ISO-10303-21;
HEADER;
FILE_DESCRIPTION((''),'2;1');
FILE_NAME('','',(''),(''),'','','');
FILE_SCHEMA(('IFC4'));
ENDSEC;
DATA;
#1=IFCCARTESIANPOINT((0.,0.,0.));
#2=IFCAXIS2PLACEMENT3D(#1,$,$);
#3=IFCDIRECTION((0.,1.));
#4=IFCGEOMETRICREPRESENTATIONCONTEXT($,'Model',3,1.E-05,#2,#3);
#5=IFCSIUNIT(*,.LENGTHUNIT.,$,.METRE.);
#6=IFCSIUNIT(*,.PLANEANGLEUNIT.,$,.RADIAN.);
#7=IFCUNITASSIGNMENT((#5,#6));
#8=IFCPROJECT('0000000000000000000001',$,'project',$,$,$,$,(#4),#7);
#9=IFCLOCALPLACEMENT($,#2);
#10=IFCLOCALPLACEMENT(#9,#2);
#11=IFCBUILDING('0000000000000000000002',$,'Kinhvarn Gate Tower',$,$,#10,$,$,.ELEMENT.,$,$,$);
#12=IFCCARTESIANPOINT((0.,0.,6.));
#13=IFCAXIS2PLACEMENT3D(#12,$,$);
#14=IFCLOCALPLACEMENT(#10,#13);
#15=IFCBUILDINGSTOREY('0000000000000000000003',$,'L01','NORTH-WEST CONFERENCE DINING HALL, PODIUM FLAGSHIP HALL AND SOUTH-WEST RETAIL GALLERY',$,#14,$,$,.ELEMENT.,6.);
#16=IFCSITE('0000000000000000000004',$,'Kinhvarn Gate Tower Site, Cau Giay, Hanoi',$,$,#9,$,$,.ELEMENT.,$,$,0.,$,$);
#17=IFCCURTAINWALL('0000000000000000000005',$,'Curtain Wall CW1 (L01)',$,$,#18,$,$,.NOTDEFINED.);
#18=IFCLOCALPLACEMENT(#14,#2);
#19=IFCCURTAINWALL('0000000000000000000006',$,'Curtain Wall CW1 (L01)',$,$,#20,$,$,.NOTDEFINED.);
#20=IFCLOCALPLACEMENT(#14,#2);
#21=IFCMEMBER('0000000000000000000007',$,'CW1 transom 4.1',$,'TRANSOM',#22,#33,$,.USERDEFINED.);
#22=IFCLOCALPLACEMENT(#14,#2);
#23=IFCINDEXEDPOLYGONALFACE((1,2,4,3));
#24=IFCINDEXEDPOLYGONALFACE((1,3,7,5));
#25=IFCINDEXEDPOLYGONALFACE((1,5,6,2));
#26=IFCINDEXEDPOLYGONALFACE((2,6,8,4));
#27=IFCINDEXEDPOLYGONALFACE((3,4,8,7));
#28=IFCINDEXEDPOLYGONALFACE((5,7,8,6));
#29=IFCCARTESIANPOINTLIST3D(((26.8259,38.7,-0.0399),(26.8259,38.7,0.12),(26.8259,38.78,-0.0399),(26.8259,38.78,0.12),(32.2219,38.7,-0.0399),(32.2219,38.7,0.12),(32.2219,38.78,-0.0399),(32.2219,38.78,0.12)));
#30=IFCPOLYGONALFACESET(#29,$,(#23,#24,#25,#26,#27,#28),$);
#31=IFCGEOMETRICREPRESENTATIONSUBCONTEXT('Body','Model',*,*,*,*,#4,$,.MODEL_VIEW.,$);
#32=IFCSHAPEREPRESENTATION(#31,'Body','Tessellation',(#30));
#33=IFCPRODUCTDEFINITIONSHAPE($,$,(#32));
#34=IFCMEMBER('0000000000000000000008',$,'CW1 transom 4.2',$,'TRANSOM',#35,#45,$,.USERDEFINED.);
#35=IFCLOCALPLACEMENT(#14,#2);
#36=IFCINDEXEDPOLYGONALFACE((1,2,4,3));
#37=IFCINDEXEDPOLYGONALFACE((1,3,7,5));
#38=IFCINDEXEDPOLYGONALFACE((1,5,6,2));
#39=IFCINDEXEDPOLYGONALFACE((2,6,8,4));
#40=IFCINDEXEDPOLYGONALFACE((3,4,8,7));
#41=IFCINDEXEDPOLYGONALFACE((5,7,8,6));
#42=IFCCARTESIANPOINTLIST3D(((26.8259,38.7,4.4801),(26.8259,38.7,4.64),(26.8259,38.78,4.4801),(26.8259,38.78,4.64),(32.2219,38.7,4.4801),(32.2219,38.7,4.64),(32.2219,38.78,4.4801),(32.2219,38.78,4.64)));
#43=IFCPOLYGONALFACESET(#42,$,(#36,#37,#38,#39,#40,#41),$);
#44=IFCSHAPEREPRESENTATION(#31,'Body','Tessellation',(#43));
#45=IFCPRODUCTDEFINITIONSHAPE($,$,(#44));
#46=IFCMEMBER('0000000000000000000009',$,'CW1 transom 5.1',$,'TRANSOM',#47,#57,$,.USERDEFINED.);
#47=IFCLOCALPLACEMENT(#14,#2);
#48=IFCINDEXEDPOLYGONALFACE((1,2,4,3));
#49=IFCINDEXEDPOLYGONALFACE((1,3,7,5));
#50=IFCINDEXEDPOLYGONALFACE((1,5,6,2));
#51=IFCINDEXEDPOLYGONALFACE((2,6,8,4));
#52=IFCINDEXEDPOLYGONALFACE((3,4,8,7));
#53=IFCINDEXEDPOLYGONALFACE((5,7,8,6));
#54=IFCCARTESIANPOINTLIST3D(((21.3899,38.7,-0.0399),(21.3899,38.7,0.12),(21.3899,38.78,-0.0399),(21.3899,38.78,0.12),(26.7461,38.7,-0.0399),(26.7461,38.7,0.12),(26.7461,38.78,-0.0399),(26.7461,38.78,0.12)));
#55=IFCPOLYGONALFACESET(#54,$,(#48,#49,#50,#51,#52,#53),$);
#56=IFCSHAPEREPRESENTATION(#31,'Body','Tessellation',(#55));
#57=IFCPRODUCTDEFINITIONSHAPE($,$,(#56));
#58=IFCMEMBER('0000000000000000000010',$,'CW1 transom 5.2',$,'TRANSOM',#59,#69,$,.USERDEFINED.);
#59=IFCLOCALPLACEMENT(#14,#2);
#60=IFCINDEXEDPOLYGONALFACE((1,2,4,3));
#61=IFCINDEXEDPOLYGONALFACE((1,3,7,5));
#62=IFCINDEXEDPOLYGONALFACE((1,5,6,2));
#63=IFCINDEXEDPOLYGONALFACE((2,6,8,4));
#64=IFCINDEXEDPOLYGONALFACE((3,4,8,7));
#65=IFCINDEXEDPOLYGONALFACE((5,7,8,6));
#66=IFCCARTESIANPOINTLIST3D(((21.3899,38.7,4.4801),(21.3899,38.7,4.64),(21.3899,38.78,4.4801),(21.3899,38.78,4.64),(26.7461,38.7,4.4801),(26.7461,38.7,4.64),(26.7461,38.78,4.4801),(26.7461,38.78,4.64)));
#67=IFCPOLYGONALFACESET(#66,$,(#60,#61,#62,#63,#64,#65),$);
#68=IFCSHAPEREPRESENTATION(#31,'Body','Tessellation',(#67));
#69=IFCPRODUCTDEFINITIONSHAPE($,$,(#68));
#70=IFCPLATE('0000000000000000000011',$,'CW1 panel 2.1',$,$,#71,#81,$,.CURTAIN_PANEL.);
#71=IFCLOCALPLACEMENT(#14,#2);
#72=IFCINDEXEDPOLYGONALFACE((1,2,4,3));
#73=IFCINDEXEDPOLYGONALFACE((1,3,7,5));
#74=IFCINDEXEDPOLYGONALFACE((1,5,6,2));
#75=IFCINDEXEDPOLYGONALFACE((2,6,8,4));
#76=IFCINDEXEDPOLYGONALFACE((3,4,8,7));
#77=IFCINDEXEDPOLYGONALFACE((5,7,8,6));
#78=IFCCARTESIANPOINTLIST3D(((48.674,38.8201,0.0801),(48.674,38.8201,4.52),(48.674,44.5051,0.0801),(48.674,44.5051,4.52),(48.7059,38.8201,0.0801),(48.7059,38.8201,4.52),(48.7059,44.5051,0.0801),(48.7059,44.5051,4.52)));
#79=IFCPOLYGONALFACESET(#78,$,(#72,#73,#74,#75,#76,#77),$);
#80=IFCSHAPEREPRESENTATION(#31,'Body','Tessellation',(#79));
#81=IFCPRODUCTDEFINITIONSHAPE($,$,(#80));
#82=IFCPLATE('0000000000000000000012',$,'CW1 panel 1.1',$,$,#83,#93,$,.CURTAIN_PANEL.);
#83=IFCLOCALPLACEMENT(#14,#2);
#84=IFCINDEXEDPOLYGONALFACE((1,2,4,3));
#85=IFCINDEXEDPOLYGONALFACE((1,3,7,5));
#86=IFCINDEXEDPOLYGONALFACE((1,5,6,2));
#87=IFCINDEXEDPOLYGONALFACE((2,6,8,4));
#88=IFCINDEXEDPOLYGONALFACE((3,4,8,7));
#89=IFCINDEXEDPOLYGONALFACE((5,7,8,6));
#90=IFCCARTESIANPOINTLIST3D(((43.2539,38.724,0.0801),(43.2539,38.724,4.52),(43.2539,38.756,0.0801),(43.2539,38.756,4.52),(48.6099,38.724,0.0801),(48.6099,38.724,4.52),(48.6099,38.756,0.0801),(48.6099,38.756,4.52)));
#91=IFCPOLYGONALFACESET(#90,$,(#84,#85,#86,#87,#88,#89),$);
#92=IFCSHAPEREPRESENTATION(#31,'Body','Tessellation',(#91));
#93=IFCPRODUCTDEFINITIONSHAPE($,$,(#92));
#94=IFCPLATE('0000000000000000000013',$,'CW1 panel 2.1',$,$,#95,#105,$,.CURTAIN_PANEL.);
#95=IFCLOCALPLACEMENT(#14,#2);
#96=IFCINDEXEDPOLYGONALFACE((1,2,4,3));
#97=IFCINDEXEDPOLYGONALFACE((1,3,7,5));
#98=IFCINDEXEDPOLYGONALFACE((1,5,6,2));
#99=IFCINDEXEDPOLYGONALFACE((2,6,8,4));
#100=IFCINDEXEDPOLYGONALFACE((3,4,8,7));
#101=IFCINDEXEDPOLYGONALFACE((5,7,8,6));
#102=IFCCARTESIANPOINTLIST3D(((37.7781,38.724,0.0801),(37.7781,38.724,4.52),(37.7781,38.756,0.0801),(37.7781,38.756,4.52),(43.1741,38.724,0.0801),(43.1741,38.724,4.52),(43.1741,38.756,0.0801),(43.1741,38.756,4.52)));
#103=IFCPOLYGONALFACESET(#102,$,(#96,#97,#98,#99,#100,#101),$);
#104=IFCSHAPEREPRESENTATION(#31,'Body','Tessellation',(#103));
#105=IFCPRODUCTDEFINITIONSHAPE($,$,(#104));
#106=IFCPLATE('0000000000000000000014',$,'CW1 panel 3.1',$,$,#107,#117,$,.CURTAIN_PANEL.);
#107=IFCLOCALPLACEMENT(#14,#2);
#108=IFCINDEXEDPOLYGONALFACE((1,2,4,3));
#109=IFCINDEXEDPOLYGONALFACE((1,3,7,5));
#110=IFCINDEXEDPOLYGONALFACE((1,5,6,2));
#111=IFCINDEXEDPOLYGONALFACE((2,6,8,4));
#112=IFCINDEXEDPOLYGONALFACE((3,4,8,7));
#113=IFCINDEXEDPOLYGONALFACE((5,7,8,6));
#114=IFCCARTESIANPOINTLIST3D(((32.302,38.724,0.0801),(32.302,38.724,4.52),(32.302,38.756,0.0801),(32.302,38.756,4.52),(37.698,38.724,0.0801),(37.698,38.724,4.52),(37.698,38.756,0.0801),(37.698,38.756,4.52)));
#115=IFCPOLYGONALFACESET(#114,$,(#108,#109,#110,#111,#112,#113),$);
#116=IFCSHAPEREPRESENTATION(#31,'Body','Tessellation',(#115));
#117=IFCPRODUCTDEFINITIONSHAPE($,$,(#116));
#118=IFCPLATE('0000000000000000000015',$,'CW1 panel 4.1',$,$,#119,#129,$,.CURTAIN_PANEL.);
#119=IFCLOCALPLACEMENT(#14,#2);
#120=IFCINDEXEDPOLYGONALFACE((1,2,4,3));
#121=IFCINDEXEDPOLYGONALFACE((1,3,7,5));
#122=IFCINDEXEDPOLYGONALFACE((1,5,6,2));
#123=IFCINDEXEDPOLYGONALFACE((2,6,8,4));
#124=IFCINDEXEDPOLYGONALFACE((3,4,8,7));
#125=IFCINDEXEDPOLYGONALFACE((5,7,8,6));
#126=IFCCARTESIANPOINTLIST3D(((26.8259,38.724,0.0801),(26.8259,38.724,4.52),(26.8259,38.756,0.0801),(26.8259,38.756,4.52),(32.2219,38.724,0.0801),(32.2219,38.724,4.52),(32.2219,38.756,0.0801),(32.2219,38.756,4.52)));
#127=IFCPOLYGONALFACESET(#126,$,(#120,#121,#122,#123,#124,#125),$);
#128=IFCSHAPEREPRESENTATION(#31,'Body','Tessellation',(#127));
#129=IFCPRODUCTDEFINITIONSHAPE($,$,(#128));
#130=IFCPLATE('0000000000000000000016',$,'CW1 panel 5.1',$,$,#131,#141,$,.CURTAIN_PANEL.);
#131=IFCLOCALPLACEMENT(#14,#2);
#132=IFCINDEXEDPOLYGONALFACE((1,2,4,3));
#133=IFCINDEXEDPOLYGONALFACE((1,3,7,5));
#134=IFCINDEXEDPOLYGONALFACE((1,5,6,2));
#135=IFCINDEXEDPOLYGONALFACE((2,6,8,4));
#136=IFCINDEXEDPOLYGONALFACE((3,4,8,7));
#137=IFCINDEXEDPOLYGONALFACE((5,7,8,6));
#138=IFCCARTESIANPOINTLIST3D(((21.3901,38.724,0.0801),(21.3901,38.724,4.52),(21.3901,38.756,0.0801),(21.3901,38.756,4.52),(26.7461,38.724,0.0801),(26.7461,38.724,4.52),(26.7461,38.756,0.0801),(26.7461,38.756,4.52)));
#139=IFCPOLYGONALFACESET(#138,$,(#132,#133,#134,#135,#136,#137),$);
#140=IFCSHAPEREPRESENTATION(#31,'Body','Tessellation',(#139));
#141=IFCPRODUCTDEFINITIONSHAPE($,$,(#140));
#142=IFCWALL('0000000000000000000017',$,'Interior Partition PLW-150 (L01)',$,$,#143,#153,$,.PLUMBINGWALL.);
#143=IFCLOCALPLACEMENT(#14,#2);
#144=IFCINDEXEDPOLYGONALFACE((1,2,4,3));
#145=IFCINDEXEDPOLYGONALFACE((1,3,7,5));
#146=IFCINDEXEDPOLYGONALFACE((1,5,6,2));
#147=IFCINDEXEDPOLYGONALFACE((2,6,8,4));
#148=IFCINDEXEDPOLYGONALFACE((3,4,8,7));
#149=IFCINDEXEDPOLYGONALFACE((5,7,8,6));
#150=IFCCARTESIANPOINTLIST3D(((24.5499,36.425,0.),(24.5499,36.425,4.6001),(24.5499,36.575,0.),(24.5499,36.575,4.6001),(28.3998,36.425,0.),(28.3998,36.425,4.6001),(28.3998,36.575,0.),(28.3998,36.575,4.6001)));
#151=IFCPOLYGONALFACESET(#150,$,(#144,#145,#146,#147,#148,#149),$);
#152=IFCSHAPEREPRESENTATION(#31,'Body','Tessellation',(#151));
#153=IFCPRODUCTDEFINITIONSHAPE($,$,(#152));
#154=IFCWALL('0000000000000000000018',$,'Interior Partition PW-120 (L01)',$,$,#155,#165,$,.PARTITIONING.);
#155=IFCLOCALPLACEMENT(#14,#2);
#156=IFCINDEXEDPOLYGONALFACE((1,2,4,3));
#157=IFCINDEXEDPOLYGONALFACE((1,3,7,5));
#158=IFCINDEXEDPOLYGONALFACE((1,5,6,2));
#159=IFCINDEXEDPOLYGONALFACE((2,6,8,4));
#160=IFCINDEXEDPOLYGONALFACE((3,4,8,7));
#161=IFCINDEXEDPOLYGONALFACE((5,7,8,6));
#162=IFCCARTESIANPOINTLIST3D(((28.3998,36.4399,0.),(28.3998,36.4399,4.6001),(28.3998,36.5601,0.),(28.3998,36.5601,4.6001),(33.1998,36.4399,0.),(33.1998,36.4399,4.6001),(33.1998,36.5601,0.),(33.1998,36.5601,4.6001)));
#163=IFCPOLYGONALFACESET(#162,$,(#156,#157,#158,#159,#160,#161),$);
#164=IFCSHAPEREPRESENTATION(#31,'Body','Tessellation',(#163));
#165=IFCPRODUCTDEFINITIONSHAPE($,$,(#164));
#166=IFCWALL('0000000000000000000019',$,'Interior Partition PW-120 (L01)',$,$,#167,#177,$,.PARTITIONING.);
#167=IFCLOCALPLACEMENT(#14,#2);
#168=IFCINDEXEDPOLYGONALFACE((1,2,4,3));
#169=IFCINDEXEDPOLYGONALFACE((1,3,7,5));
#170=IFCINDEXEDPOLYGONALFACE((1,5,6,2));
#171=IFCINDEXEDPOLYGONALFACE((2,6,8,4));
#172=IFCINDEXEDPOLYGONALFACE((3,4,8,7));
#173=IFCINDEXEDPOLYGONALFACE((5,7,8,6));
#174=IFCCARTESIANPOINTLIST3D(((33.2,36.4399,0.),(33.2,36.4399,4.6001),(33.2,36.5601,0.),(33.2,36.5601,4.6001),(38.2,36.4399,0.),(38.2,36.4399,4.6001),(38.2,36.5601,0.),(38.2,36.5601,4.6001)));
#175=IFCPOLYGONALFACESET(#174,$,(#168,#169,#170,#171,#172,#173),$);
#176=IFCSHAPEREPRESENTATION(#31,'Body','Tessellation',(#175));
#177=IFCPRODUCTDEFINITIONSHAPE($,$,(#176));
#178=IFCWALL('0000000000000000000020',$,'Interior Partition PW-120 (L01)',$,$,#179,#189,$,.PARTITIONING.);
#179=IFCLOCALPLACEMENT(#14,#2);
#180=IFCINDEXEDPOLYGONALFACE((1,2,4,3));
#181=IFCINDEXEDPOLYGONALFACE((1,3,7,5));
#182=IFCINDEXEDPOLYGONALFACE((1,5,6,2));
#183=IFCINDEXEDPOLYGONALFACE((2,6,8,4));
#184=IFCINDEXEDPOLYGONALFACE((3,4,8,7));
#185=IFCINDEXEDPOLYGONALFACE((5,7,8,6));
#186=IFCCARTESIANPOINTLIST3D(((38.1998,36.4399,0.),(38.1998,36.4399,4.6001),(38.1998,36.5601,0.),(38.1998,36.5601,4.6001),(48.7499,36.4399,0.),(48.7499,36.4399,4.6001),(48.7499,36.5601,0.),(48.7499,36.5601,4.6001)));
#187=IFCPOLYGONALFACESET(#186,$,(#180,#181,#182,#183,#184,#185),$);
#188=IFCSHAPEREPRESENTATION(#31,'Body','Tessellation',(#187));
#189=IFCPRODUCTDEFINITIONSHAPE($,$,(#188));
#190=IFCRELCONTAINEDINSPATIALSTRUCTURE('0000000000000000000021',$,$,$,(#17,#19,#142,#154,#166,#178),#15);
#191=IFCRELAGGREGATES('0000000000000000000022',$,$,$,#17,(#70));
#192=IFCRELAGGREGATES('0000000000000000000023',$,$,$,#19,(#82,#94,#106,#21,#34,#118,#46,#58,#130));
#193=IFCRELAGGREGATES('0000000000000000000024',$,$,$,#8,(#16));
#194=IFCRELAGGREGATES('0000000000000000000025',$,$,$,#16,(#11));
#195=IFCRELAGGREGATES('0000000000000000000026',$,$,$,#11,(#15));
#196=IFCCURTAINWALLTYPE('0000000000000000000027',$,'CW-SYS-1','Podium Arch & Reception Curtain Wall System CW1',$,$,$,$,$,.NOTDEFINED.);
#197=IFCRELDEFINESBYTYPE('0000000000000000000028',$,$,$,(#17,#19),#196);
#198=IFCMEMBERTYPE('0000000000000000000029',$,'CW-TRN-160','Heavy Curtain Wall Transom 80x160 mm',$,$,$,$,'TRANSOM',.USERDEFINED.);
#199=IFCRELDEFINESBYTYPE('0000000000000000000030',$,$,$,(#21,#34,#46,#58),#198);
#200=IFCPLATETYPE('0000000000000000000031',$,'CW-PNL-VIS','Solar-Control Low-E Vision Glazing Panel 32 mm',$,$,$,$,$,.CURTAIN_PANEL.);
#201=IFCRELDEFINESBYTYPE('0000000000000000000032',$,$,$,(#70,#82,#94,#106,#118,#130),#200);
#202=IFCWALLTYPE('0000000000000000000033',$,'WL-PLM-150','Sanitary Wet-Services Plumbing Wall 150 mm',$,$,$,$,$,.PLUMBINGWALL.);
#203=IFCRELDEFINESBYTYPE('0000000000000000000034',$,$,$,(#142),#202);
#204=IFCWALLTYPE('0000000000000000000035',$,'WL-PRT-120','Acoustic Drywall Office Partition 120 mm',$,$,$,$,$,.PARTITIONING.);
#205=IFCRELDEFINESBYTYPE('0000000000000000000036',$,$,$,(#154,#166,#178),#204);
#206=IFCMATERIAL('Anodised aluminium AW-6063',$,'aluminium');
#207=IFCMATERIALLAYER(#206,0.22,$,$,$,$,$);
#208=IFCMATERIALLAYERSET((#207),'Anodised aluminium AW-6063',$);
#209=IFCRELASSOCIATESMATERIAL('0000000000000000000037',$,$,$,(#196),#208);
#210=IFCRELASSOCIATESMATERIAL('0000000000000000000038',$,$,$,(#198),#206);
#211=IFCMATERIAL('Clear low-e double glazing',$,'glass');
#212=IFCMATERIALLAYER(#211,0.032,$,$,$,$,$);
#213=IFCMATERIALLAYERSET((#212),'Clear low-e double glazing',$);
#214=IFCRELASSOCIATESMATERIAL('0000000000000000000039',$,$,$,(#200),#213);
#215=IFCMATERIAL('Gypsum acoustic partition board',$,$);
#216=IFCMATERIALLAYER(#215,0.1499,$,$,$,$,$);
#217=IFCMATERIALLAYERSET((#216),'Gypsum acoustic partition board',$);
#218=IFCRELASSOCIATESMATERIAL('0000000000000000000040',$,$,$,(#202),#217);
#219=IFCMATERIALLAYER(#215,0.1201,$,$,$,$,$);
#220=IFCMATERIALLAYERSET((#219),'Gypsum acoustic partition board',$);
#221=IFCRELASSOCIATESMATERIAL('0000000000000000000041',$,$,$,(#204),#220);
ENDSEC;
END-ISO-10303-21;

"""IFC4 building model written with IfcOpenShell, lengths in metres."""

from ifc_helpers import new_model, si_unit, direction, frame, frame_2d, origin, origin_2d, place, context, subcontext, project, spatial, rectangle, extrude, material, layer, layer_set, material_profile, profile_set, type_object, element, aggregate, save


model = new_model("IFC4")

# Units and contexts
model_context = context("Model", 3, precision=1e-05, world=origin(), true_north=direction((0.0, 1.0)))
body_context = subcontext(model_context, "Body", "Model", "MODEL_VIEW")
ifc_project = project(units=[si_unit("LENGTHUNIT", "METRE"), si_unit("PLANEANGLEUNIT", "RADIAN")], contexts=[model_context])

# Site, building, storey
site_placement = place(None, origin())
site = spatial("IfcSite", under=ifc_project, at=site_placement, Name="Kinhvarn Gate Tower Site, Cau Giay, Hanoi", CompositionType="ELEMENT", RefElevation=0.0)
building_placement = place(site_placement, origin())
building = spatial("IfcBuilding", under=site, at=building_placement, Name="Kinhvarn Gate Tower", CompositionType="ELEMENT")
storey_placement = place(building_placement, frame((0.0, 0.0, 6.0)))
storey = spatial("IfcBuildingStorey", under=building, at=storey_placement, Name="L01", Description="NORTH-WEST CONFERENCE DINING HALL, PODIUM FLAGSHIP HALL AND SOUTH-WEST RETAIL GALLERY", CompositionType="ELEMENT", Elevation=6.0)

# Curtain wall
ifc_material_1 = material(Name="Anodised aluminium AW-6063", Category="aluminium")
ifc_layer_1 = layer(ifc_material_1, 0.22)
ifc_layer_set_1 = layer_set([ifc_layer_1], Name="Anodised aluminium AW-6063")
curtain_wall_type = type_object("IfcCurtainWallType", Name="CW-SYS-1", Description="Podium Arch & Reception Curtain Wall System CW1", PredefinedType="NOTDEFINED", material=ifc_layer_set_1)
curtain_wall_1_placement = place(storey_placement, origin())
curtain_wall_1 = element("IfcCurtainWall", 1, at=curtain_wall_1_placement, inside=storey, type_object=curtain_wall_type, Name="Curtain Wall CW1 (L01)", PredefinedType="NOTDEFINED")

# Curtain wall
curtain_wall_2_placement = place(storey_placement, origin())
curtain_wall_2 = element("IfcCurtainWall", 2, at=curtain_wall_2_placement, inside=storey, type_object=curtain_wall_type, Name="Curtain Wall CW1 (L01)", PredefinedType="NOTDEFINED")

# Members
ifc_material_profile_1 = material_profile(ifc_material_1, rectangle(XDim=0.0801, YDim=0.1599, at=origin_2d()), Name="ALU 80x160")
ifc_profile_set_1 = profile_set([ifc_material_profile_1], Name="Anodised aluminium AW-6063")
member_type_1 = type_object("IfcMemberType", Name="CW-TRN-160", Description="Heavy Curtain Wall Transom 80x160 mm", ElementType="TRANSOM", PredefinedType="USERDEFINED", material=ifc_profile_set_1)
member_1_placement = place(storey_placement, frame((32.2219, 38.74, 0.04), z_axis=(-1.0, 0.0, 0.0), x_axis=(0.0, -1.0, 0.0)))
member_1 = element("IfcMember", 3, at=member_1_placement, type_object=member_type_1, Name="CW1 transom 4.1", ObjectType="TRANSOM", PredefinedType="USERDEFINED", context=body_context, shape_type="SweptSolid", body=[
    extrude(rectangle(XDim=0.0801, YDim=0.1599, at=origin_2d()), origin(), (0.0, 0.0, 1.0), 5.396),
])
member_2_placement = place(storey_placement, frame((32.2219, 38.74, 4.5601), z_axis=(-1.0, 0.0, 0.0), x_axis=(0.0, -1.0, 0.0)))
member_2 = element("IfcMember", 4, at=member_2_placement, type_object=member_type_1, Name="CW1 transom 4.2", ObjectType="TRANSOM", PredefinedType="USERDEFINED", context=body_context, shape_type="SweptSolid", body=[
    extrude(rectangle(XDim=0.0801, YDim=0.1599, at=origin_2d()), origin(), (0.0, 0.0, 1.0), 5.396),
])
member_3_placement = place(storey_placement, frame((26.7461, 38.74, 0.04), z_axis=(-1.0, 0.0, 0.0), x_axis=(0.0, -1.0, 0.0)))
member_3 = element("IfcMember", 5, at=member_3_placement, type_object=member_type_1, Name="CW1 transom 5.1", ObjectType="TRANSOM", PredefinedType="USERDEFINED", context=body_context, shape_type="SweptSolid", body=[
    extrude(rectangle(XDim=0.0801, YDim=0.1599, at=origin_2d()), origin(), (0.0, 0.0, 1.0), 5.3562),
])
member_4_placement = place(storey_placement, frame((26.7461, 38.74, 4.5601), z_axis=(-1.0, 0.0, 0.0), x_axis=(0.0, -1.0, 0.0)))
member_4 = element("IfcMember", 6, at=member_4_placement, type_object=member_type_1, Name="CW1 transom 5.2", ObjectType="TRANSOM", PredefinedType="USERDEFINED", context=body_context, shape_type="SweptSolid", body=[
    extrude(rectangle(XDim=0.0801, YDim=0.1599, at=origin_2d()), origin(), (0.0, 0.0, 1.0), 5.3562),
])

# Plates
ifc_material_2 = material(Name="Clear low-e double glazing", Category="glass")
ifc_layer_2 = layer(ifc_material_2, 0.032)
ifc_layer_set_2 = layer_set([ifc_layer_2], Name="Clear low-e double glazing")
plate_type = type_object("IfcPlateType", Name="CW-PNL-VIS", Description="Solar-Control Low-E Vision Glazing Panel 32 mm", PredefinedType="CURTAIN_PANEL", material=ifc_layer_set_2)
plate_1_placement = place(storey_placement, frame((48.6899, 41.6626, 0.0801), z_axis=(0.0, 0.0, 1.0), x_axis=(0.0, -1.0, 0.0)))
plate_1 = element("IfcPlate", 7, at=plate_1_placement, type_object=plate_type, Name="CW1 panel 2.1", PredefinedType="CURTAIN_PANEL", context=body_context, shape_type="SweptSolid", body=[
    extrude(rectangle(XDim=5.6851, YDim=0.032, at=origin_2d()), origin(), (0.0, 0.0, 1.0), 4.4399),
])
aggregate(curtain_wall_1, [plate_1])
plate_2_placement = place(storey_placement, frame((45.9319, 38.74, 0.0801), z_axis=(0.0, 0.0, 1.0), x_axis=(-1.0, 0.0, 0.0)))
plate_2 = element("IfcPlate", 8, at=plate_2_placement, type_object=plate_type, Name="CW1 panel 1.1", PredefinedType="CURTAIN_PANEL", context=body_context, shape_type="SweptSolid", body=[
    extrude(rectangle(XDim=5.356, YDim=0.032, at=origin_2d()), origin(), (0.0, 0.0, 1.0), 4.4399),
])
plate_3_placement = place(storey_placement, frame((40.4761, 38.74, 0.0801), z_axis=(0.0, 0.0, 1.0), x_axis=(-1.0, 0.0, 0.0)))
plate_3 = element("IfcPlate", 9, at=plate_3_placement, type_object=plate_type, Name="CW1 panel 2.1", PredefinedType="CURTAIN_PANEL", context=body_context, shape_type="SweptSolid", body=[
    extrude(rectangle(XDim=5.396, YDim=0.032, at=origin_2d()), origin(), (0.0, 0.0, 1.0), 4.4399),
])
plate_4_placement = place(storey_placement, frame((35.0, 38.74, 0.0801), z_axis=(0.0, 0.0, 1.0), x_axis=(-1.0, 0.0, 0.0)))
plate_4 = element("IfcPlate", 10, at=plate_4_placement, type_object=plate_type, Name="CW1 panel 3.1", PredefinedType="CURTAIN_PANEL", context=body_context, shape_type="SweptSolid", body=[
    extrude(rectangle(XDim=5.396, YDim=0.032, at=origin_2d()), origin(), (0.0, 0.0, 1.0), 4.4399),
])
plate_5_placement = place(storey_placement, frame((29.5239, 38.74, 0.0801), z_axis=(0.0, 0.0, 1.0), x_axis=(-1.0, 0.0, 0.0)))
plate_5 = element("IfcPlate", 11, at=plate_5_placement, type_object=plate_type, Name="CW1 panel 4.1", PredefinedType="CURTAIN_PANEL", context=body_context, shape_type="SweptSolid", body=[
    extrude(rectangle(XDim=5.396, YDim=0.032, at=origin_2d()), origin(), (0.0, 0.0, 1.0), 4.4399),
])
plate_6_placement = place(storey_placement, frame((24.0681, 38.74, 0.0801), z_axis=(0.0, 0.0, 1.0), x_axis=(-1.0, 0.0, 0.0)))
plate_6 = element("IfcPlate", 12, at=plate_6_placement, type_object=plate_type, Name="CW1 panel 5.1", PredefinedType="CURTAIN_PANEL", context=body_context, shape_type="SweptSolid", body=[
    extrude(rectangle(XDim=5.356, YDim=0.032, at=origin_2d()), origin(), (0.0, 0.0, 1.0), 4.4399),
])
aggregate(curtain_wall_2, [plate_2, plate_3, plate_4, member_1, member_2, plate_5, member_3, member_4, plate_6])

# Walls
ifc_material_3 = material(Name="Gypsum acoustic partition board")
ifc_layer_3 = layer(ifc_material_3, 0.1499)
ifc_layer_set_3 = layer_set([ifc_layer_3], Name="Gypsum acoustic partition board")
wall_type_1 = type_object("IfcWallType", Name="WL-PLM-150", Description="Sanitary Wet-Services Plumbing Wall 150 mm", PredefinedType="PLUMBINGWALL", material=ifc_layer_set_3)
wall_1_placement = place(storey_placement, frame((24.55, 36.5, 0.0), z_axis=(0.0, 0.0, 1.0), x_axis=(1.0, 0.0, 0.0)))
element("IfcWall", 13, at=wall_1_placement, inside=storey, type_object=wall_type_1, Name="Interior Partition PLW-150 (L01)", PredefinedType="PLUMBINGWALL", context=body_context, shape_type="SweptSolid", body=[
    extrude(rectangle(XDim=3.8499, YDim=0.1499, at=frame_2d((1.9248, 0.0))), origin(), (0.0, 0.0, 1.0), 4.6001),
])
ifc_layer_4 = layer(ifc_material_3, 0.1201)
ifc_layer_set_4 = layer_set([ifc_layer_4], Name="Gypsum acoustic partition board")
wall_type_2 = type_object("IfcWallType", Name="WL-PRT-120", Description="Acoustic Drywall Office Partition 120 mm", PredefinedType="PARTITIONING", material=ifc_layer_set_4)
wall_2_placement = place(storey_placement, frame((28.3999, 36.5, 0.0), z_axis=(0.0, 0.0, 1.0), x_axis=(1.0, 0.0, 0.0)))
element("IfcWall", 14, at=wall_2_placement, inside=storey, type_object=wall_type_2, Name="Interior Partition PW-120 (L01)", PredefinedType="PARTITIONING", context=body_context, shape_type="SweptSolid", body=[
    extrude(rectangle(XDim=4.8, YDim=0.1201, at=frame_2d((2.3999, 0.0))), origin(), (0.0, 0.0, 1.0), 4.6001),
])
wall_3_placement = place(storey_placement, frame((33.2, 36.5, 0.0), z_axis=(0.0, 0.0, 1.0), x_axis=(1.0, 0.0, 0.0)))
element("IfcWall", 15, at=wall_3_placement, inside=storey, type_object=wall_type_2, Name="Interior Partition PW-120 (L01)", PredefinedType="PARTITIONING", context=body_context, shape_type="SweptSolid", body=[
    extrude(rectangle(XDim=5.0, YDim=0.1201, at=frame_2d((2.5, 0.0))), origin(), (0.0, 0.0, 1.0), 4.6001),
])
wall_4_placement = place(storey_placement, frame((38.2, 36.5, 0.0), z_axis=(0.0, 0.0, 1.0), x_axis=(1.0, 0.0, 0.0)))
element("IfcWall", 16, at=wall_4_placement, inside=storey, type_object=wall_type_2, Name="Interior Partition PW-120 (L01)", PredefinedType="PARTITIONING", context=body_context, shape_type="SweptSolid", body=[
    extrude(rectangle(XDim=10.55, YDim=0.1201, at=frame_2d((5.2749, 0.0))), origin(), (0.0, 0.0, 1.0), 4.6001),
])

save(model, "model.ifc")
